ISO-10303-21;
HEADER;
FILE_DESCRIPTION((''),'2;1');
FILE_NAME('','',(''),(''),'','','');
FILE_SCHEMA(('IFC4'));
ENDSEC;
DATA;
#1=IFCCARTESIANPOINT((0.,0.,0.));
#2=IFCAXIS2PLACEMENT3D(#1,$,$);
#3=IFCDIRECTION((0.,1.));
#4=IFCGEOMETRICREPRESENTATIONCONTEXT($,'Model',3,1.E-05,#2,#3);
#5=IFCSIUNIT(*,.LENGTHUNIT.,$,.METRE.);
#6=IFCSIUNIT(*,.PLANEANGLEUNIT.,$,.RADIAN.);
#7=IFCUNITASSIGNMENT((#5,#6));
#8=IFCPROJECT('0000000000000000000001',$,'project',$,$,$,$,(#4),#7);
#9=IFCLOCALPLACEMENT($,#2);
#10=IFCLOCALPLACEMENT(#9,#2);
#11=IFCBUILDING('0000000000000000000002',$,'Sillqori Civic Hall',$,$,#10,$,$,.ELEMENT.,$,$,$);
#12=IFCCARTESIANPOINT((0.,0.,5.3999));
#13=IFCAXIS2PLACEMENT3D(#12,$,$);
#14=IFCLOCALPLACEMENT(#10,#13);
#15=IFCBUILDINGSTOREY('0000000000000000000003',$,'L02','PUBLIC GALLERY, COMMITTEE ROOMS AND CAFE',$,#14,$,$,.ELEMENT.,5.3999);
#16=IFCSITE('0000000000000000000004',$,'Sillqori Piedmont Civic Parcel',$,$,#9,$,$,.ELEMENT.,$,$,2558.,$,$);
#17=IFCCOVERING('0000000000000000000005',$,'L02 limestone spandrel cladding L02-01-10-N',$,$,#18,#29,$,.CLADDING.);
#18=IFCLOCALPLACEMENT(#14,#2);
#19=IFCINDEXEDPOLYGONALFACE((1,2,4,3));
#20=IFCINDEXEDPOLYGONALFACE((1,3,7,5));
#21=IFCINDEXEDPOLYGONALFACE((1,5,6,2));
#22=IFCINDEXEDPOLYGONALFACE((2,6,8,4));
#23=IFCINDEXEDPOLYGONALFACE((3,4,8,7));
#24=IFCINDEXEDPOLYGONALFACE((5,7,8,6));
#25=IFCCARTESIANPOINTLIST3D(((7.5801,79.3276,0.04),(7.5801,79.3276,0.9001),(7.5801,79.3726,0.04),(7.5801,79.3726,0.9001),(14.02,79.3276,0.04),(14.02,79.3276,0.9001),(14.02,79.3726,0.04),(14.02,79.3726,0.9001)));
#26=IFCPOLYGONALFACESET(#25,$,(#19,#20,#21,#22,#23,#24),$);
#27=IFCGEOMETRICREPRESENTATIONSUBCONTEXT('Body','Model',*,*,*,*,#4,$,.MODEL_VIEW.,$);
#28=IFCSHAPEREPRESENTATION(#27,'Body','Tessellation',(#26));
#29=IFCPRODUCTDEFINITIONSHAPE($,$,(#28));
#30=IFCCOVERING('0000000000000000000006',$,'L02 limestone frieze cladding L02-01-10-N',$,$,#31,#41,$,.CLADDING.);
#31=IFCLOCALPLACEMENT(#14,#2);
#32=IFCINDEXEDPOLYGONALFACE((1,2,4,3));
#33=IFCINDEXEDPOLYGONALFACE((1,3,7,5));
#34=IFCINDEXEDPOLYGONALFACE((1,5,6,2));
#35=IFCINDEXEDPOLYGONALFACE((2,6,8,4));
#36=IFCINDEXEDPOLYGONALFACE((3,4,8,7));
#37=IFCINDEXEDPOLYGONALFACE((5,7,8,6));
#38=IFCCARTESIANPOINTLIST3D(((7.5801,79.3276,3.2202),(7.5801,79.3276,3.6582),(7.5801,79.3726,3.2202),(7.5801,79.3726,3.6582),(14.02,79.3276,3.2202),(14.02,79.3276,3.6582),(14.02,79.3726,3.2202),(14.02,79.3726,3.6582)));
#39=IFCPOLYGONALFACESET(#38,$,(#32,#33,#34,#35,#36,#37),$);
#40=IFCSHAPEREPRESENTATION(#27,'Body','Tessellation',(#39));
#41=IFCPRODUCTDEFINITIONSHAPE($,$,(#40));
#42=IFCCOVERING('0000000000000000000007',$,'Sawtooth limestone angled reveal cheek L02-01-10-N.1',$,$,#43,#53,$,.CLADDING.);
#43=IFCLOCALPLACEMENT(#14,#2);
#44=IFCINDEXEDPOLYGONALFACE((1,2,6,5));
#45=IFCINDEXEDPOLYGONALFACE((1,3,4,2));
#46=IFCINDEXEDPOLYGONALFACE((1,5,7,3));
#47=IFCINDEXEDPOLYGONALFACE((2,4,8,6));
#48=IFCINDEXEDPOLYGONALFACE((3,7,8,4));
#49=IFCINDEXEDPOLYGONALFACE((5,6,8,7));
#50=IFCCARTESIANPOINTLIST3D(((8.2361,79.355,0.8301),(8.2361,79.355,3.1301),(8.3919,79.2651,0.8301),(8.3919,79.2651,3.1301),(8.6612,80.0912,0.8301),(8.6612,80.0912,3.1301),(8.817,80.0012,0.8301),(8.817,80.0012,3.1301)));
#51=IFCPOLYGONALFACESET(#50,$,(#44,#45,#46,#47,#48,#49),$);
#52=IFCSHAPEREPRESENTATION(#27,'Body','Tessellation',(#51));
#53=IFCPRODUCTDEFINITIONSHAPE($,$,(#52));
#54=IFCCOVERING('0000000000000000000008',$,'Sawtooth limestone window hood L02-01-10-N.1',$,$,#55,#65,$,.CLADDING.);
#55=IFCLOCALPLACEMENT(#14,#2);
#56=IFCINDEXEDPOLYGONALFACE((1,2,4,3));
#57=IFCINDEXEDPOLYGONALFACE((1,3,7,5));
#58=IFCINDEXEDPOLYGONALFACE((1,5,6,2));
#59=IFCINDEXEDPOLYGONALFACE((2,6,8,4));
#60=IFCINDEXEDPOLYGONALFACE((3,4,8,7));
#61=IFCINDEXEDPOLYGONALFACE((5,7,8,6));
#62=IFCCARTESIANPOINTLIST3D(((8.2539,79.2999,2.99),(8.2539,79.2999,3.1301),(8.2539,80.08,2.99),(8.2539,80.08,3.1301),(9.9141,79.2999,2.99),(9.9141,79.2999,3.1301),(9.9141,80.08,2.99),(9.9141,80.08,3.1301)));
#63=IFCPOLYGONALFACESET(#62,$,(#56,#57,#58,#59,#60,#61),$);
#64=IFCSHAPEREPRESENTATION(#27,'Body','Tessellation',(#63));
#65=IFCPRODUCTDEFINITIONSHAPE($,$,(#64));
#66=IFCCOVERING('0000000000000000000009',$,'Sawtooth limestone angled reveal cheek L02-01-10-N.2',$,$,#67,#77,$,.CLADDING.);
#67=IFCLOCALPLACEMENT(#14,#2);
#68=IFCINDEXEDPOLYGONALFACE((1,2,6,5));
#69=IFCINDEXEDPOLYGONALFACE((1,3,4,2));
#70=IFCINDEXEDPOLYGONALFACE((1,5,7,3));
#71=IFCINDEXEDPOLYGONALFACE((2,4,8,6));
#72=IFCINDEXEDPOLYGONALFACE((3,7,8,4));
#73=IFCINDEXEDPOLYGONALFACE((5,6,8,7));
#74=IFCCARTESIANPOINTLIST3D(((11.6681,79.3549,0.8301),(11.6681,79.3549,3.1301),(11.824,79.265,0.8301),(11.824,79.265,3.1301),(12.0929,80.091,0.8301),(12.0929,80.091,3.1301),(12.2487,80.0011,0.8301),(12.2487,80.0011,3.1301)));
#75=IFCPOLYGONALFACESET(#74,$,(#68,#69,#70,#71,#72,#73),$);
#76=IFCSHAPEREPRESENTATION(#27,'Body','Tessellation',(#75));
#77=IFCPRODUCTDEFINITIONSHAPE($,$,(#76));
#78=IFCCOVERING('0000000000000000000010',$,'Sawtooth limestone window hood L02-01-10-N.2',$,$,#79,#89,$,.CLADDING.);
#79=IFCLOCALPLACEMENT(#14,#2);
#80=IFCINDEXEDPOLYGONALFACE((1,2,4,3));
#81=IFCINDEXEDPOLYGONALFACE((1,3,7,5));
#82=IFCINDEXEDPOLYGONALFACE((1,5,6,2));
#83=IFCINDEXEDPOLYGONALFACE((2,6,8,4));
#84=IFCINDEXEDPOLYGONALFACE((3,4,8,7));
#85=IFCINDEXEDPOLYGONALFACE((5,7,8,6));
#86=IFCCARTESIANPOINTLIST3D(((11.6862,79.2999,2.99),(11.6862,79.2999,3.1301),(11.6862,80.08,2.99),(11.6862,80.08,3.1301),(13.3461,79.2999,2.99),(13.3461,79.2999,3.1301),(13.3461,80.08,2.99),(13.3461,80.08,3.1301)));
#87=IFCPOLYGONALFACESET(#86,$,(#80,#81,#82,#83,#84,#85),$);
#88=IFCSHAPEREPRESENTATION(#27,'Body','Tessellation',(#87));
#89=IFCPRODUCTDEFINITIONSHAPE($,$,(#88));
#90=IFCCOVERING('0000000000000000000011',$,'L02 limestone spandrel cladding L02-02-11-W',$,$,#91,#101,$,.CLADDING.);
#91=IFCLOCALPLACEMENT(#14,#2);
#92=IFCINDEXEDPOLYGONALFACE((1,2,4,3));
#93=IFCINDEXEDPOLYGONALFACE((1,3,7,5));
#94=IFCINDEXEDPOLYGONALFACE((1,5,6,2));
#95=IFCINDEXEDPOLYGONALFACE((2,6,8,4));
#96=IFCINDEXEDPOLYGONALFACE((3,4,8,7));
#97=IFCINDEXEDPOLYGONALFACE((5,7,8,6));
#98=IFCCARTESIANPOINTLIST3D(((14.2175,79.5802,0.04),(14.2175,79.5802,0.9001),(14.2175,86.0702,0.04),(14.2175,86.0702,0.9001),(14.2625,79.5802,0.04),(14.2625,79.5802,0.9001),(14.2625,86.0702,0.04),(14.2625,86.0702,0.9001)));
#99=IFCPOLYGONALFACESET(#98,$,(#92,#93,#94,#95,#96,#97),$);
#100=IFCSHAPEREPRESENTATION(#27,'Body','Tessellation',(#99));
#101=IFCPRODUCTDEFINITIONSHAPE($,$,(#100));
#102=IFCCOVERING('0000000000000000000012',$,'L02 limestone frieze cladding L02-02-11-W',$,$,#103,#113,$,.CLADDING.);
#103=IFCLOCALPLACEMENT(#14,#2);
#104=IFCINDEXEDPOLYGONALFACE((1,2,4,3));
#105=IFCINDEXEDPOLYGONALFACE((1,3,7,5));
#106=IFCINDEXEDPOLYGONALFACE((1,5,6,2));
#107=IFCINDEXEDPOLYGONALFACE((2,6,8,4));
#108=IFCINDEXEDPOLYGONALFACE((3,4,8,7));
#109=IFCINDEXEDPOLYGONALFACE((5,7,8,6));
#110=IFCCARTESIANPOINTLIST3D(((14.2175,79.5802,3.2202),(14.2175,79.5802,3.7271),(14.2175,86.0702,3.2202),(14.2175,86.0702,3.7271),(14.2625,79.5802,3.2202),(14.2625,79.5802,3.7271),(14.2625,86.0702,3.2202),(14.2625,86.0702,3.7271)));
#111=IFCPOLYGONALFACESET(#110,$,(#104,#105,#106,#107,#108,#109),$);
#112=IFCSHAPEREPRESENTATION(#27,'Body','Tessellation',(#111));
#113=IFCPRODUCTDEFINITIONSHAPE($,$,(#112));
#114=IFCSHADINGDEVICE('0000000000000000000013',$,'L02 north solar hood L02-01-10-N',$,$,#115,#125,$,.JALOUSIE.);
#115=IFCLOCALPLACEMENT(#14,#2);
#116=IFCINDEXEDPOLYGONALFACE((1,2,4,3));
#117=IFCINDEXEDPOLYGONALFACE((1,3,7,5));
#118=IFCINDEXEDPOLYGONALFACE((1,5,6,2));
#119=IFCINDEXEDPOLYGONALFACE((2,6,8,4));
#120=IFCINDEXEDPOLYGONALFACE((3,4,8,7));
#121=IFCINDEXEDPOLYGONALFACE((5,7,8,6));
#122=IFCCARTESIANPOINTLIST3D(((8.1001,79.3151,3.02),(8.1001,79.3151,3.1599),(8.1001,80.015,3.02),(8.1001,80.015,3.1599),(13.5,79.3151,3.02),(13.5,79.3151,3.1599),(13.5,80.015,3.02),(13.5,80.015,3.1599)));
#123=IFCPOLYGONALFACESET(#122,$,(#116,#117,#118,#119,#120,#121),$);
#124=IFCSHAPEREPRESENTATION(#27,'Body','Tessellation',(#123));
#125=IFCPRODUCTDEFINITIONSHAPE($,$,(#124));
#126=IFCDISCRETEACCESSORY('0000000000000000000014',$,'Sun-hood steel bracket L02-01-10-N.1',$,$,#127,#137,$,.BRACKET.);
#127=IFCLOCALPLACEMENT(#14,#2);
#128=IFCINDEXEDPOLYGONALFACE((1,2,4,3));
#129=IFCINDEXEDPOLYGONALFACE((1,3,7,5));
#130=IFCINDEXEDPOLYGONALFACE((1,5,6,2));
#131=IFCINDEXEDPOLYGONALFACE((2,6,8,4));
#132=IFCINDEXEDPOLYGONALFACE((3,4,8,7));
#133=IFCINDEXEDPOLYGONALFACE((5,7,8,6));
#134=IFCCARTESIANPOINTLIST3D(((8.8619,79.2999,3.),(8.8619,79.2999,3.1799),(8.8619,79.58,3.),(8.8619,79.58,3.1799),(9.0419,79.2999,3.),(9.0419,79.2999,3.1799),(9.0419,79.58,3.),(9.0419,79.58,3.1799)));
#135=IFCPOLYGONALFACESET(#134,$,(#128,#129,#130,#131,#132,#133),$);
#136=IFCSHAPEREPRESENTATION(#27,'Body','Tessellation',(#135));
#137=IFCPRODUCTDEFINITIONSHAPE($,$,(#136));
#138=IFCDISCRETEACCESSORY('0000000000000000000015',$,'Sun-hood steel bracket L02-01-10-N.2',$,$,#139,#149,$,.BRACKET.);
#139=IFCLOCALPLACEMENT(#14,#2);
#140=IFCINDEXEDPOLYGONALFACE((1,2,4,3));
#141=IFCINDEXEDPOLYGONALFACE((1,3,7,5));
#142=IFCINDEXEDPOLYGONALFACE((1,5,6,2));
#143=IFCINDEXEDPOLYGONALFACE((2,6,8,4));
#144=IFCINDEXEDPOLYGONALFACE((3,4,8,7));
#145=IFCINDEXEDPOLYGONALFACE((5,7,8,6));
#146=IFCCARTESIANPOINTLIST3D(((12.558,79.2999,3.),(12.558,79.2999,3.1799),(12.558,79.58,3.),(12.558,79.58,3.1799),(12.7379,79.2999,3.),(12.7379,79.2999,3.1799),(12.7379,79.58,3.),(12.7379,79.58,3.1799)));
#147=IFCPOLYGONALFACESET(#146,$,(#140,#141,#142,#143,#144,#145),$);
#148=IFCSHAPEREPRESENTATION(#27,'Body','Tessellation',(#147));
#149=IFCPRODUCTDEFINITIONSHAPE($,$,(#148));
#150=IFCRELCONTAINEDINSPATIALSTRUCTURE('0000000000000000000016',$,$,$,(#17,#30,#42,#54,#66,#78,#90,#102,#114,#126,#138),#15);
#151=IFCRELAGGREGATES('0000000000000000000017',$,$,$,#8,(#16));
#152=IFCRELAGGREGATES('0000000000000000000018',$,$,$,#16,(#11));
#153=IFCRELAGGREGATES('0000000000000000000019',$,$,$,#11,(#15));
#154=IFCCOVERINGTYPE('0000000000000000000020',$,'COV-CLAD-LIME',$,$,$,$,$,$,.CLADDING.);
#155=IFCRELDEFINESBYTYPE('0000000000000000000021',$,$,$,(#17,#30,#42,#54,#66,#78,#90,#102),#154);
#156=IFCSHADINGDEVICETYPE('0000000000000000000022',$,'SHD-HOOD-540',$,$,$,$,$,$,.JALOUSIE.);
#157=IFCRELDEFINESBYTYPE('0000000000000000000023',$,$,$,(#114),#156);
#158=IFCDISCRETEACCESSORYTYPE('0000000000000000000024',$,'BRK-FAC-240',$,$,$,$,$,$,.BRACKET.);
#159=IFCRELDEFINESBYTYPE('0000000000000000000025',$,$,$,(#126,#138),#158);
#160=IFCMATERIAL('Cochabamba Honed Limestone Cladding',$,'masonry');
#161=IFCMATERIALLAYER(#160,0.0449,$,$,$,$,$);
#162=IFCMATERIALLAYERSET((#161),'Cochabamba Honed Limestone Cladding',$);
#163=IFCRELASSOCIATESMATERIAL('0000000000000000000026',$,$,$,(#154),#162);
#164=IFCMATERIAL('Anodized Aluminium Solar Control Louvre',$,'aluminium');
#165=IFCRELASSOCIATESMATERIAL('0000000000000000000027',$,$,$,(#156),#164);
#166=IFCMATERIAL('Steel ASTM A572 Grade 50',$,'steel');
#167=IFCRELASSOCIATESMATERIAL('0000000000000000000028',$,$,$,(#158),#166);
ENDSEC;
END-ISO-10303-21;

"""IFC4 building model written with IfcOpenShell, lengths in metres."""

from ifc_helpers import new_model, si_unit, direction, frame, frame_2d, origin, origin_2d, place, context, subcontext, project, spatial, rectangle, extrude, material, layer, layer_set, type_object, element, save


model = new_model("IFC4")

# Units and contexts
model_context = context("Model", 3, precision=1e-05, world=origin(), true_north=direction((0.0, 1.0)))
body_context = subcontext(model_context, "Body", "Model", "MODEL_VIEW")
ifc_project = project(units=[si_unit("LENGTHUNIT", "METRE"), si_unit("PLANEANGLEUNIT", "RADIAN")], contexts=[model_context])

# Site, building, storey
site_placement = place(None, origin())
site = spatial("IfcSite", under=ifc_project, at=site_placement, Name="Sillqori Piedmont Civic Parcel", CompositionType="ELEMENT", RefElevation=2558.0)
building_placement = place(site_placement, origin())
building = spatial("IfcBuilding", under=site, at=building_placement, Name="Sillqori Civic Hall", CompositionType="ELEMENT")
storey_placement = place(building_placement, frame((0.0, 0.0, 5.3999)))
storey = spatial("IfcBuildingStorey", under=building, at=storey_placement, Name="L02", Description="PUBLIC GALLERY, COMMITTEE ROOMS AND CAFE", CompositionType="ELEMENT", Elevation=5.3999)

# Coverings
ifc_material_1 = material(Name="Cochabamba Honed Limestone Cladding", Category="masonry")
ifc_layer_1 = layer(ifc_material_1, 0.0449)
ifc_layer_set_1 = layer_set([ifc_layer_1], Name="Cochabamba Honed Limestone Cladding")
covering_type = type_object("IfcCoveringType", Name="COV-CLAD-LIME", PredefinedType="CLADDING", material=ifc_layer_set_1)
covering_1_placement = place(storey_placement, frame((7.5801, 79.3501, 0.04), z_axis=(0.0, 0.0, 1.0), x_axis=(1.0, 0.0, 0.0)))
element("IfcCovering", 1, at=covering_1_placement, inside=storey, type_object=covering_type, Name="L02 limestone spandrel cladding L02-01-10-N", PredefinedType="CLADDING", context=body_context, shape_type="SweptSolid", body=[
    extrude(rectangle(XDim=6.4399, YDim=0.0449, at=frame_2d((3.22, 0.0))), origin(), (0.0, 0.0, 1.0), 0.8601),
])
covering_2_placement = place(storey_placement, frame((7.5801, 79.3501, 3.2202), z_axis=(0.0, 0.0, 1.0), x_axis=(1.0, 0.0, 0.0)))
element("IfcCovering", 2, at=covering_2_placement, inside=storey, type_object=covering_type, Name="L02 limestone frieze cladding L02-01-10-N", PredefinedType="CLADDING", context=body_context, shape_type="SweptSolid", body=[
    extrude(rectangle(XDim=6.4399, YDim=0.0449, at=frame_2d((3.22, 0.0))), origin(), (0.0, 0.0, 1.0), 0.438),
])
covering_3_placement = place(storey_placement, frame((8.314, 79.3101, 0.8301), z_axis=(0.0, 0.0, 1.0), x_axis=(0.500062, 0.865989, 0.0)))
element("IfcCovering", 3, at=covering_3_placement, inside=storey, type_object=covering_type, Name="Sawtooth limestone angled reveal cheek L02-01-10-N.1", PredefinedType="CLADDING", context=body_context, shape_type="SweptSolid", body=[
    extrude(rectangle(XDim=0.8501, YDim=0.1799, at=frame_2d((0.425, 0.0))), origin(), (0.0, 0.0, 1.0), 2.3),
])
covering_4_placement = place(storey_placement, frame((8.2539, 79.6899, 2.99), z_axis=(0.0, 0.0, 1.0), x_axis=(1.0, 0.0, 0.0)))
element("IfcCovering", 4, at=covering_4_placement, inside=storey, type_object=covering_type, Name="Sawtooth limestone window hood L02-01-10-N.1", PredefinedType="CLADDING", context=body_context, shape_type="SweptSolid", body=[
    extrude(rectangle(XDim=1.6602, YDim=0.78, at=frame_2d((0.8301, 0.0))), origin(), (0.0, 0.0, 1.0), 0.1401),
])
covering_5_placement = place(storey_placement, frame((11.7461, 79.3101, 0.8301), z_axis=(0.0, 0.0, 1.0), x_axis=(0.499847, 0.866114, 0.0)))
element("IfcCovering", 5, at=covering_5_placement, inside=storey, type_object=covering_type, Name="Sawtooth limestone angled reveal cheek L02-01-10-N.2", PredefinedType="CLADDING", context=body_context, shape_type="SweptSolid", body=[
    extrude(rectangle(XDim=0.8499, YDim=0.1799, at=frame_2d((0.4248, 0.0))), origin(), (0.0, 0.0, 1.0), 2.3),
])
covering_6_placement = place(storey_placement, frame((11.686, 79.6899, 2.99), z_axis=(0.0, 0.0, 1.0), x_axis=(1.0, 0.0, 0.0)))
element("IfcCovering", 6, at=covering_6_placement, inside=storey, type_object=covering_type, Name="Sawtooth limestone window hood L02-01-10-N.2", PredefinedType="CLADDING", context=body_context, shape_type="SweptSolid", body=[
    extrude(rectangle(XDim=1.6599, YDim=0.78, at=frame_2d((0.8301, 0.0))), origin(), (0.0, 0.0, 1.0), 0.1401),
])
covering_7_placement = place(storey_placement, frame((14.24, 79.5801, 0.04), z_axis=(0.0, 0.0, 1.0), x_axis=(0.0, 1.0, 0.0)))
element("IfcCovering", 7, at=covering_7_placement, inside=storey, type_object=covering_type, Name="L02 limestone spandrel cladding L02-02-11-W", PredefinedType="CLADDING", context=body_context, shape_type="SweptSolid", body=[
    extrude(rectangle(XDim=6.49, YDim=0.0449, at=frame_2d((3.2451, 0.0))), origin(), (0.0, 0.0, 1.0), 0.8601),
])
covering_8_placement = place(storey_placement, frame((14.24, 79.5801, 3.2202), z_axis=(0.0, 0.0, 1.0), x_axis=(0.0, 1.0, 0.0)))
element("IfcCovering", 8, at=covering_8_placement, inside=storey, type_object=covering_type, Name="L02 limestone frieze cladding L02-02-11-W", PredefinedType="CLADDING", context=body_context, shape_type="SweptSolid", body=[
    extrude(rectangle(XDim=6.49, YDim=0.0449, at=frame_2d((3.2451, 0.0))), origin(), (0.0, 0.0, 1.0), 0.5068),
])

# Shading device
ifc_material_2 = material(Name="Anodized Aluminium Solar Control Louvre", Category="aluminium")
shading_device_type = type_object("IfcShadingDeviceType", Name="SHD-HOOD-540", PredefinedType="JALOUSIE", material=ifc_material_2)
shading_device_placement = place(storey_placement, frame((10.8, 79.665, 3.02), z_axis=(0.0, 0.0, 1.0), x_axis=(1.0, 0.0, 0.0)))
element("IfcShadingDevice", 9, at=shading_device_placement, inside=storey, type_object=shading_device_type, Name="L02 north solar hood L02-01-10-N", PredefinedType="JALOUSIE", context=body_context, shape_type="SweptSolid", body=[
    extrude(rectangle(XDim=5.3999, YDim=0.7, at=origin_2d()), origin(), (0.0, 0.0, 1.0), 0.1399),
])

# Discrete accessories
ifc_material_3 = material(Name="Steel ASTM A572 Grade 50", Category="steel")
discrete_accessory_type = type_object("IfcDiscreteAccessoryType", Name="BRK-FAC-240", PredefinedType="BRACKET", material=ifc_material_3)
for number, where, z_axis, x_axis, name in (
    (10, (8.9519, 79.4399, 3.0), (0.0, 0.0, 1.0), (1.0, 0.0, 0.0), "Sun-hood steel bracket L02-01-10-N.1"),
    (11, (12.6479, 79.4399, 3.0), (0.0, 0.0, 1.0), (1.0, 0.0, 0.0), "Sun-hood steel bracket L02-01-10-N.2"),
):
    element("IfcDiscreteAccessory", number, at=place(storey_placement, frame(where, z_axis=z_axis, x_axis=x_axis)), inside=storey, type_object=discrete_accessory_type, Name=name, PredefinedType="BRACKET", context=body_context, shape_type="SweptSolid", body=[
        extrude(rectangle(XDim=0.1799, YDim=0.28, at=origin_2d()), origin(), (0.0, 0.0, 1.0), 0.1799),
    ])

save(model, "model.ifc")
